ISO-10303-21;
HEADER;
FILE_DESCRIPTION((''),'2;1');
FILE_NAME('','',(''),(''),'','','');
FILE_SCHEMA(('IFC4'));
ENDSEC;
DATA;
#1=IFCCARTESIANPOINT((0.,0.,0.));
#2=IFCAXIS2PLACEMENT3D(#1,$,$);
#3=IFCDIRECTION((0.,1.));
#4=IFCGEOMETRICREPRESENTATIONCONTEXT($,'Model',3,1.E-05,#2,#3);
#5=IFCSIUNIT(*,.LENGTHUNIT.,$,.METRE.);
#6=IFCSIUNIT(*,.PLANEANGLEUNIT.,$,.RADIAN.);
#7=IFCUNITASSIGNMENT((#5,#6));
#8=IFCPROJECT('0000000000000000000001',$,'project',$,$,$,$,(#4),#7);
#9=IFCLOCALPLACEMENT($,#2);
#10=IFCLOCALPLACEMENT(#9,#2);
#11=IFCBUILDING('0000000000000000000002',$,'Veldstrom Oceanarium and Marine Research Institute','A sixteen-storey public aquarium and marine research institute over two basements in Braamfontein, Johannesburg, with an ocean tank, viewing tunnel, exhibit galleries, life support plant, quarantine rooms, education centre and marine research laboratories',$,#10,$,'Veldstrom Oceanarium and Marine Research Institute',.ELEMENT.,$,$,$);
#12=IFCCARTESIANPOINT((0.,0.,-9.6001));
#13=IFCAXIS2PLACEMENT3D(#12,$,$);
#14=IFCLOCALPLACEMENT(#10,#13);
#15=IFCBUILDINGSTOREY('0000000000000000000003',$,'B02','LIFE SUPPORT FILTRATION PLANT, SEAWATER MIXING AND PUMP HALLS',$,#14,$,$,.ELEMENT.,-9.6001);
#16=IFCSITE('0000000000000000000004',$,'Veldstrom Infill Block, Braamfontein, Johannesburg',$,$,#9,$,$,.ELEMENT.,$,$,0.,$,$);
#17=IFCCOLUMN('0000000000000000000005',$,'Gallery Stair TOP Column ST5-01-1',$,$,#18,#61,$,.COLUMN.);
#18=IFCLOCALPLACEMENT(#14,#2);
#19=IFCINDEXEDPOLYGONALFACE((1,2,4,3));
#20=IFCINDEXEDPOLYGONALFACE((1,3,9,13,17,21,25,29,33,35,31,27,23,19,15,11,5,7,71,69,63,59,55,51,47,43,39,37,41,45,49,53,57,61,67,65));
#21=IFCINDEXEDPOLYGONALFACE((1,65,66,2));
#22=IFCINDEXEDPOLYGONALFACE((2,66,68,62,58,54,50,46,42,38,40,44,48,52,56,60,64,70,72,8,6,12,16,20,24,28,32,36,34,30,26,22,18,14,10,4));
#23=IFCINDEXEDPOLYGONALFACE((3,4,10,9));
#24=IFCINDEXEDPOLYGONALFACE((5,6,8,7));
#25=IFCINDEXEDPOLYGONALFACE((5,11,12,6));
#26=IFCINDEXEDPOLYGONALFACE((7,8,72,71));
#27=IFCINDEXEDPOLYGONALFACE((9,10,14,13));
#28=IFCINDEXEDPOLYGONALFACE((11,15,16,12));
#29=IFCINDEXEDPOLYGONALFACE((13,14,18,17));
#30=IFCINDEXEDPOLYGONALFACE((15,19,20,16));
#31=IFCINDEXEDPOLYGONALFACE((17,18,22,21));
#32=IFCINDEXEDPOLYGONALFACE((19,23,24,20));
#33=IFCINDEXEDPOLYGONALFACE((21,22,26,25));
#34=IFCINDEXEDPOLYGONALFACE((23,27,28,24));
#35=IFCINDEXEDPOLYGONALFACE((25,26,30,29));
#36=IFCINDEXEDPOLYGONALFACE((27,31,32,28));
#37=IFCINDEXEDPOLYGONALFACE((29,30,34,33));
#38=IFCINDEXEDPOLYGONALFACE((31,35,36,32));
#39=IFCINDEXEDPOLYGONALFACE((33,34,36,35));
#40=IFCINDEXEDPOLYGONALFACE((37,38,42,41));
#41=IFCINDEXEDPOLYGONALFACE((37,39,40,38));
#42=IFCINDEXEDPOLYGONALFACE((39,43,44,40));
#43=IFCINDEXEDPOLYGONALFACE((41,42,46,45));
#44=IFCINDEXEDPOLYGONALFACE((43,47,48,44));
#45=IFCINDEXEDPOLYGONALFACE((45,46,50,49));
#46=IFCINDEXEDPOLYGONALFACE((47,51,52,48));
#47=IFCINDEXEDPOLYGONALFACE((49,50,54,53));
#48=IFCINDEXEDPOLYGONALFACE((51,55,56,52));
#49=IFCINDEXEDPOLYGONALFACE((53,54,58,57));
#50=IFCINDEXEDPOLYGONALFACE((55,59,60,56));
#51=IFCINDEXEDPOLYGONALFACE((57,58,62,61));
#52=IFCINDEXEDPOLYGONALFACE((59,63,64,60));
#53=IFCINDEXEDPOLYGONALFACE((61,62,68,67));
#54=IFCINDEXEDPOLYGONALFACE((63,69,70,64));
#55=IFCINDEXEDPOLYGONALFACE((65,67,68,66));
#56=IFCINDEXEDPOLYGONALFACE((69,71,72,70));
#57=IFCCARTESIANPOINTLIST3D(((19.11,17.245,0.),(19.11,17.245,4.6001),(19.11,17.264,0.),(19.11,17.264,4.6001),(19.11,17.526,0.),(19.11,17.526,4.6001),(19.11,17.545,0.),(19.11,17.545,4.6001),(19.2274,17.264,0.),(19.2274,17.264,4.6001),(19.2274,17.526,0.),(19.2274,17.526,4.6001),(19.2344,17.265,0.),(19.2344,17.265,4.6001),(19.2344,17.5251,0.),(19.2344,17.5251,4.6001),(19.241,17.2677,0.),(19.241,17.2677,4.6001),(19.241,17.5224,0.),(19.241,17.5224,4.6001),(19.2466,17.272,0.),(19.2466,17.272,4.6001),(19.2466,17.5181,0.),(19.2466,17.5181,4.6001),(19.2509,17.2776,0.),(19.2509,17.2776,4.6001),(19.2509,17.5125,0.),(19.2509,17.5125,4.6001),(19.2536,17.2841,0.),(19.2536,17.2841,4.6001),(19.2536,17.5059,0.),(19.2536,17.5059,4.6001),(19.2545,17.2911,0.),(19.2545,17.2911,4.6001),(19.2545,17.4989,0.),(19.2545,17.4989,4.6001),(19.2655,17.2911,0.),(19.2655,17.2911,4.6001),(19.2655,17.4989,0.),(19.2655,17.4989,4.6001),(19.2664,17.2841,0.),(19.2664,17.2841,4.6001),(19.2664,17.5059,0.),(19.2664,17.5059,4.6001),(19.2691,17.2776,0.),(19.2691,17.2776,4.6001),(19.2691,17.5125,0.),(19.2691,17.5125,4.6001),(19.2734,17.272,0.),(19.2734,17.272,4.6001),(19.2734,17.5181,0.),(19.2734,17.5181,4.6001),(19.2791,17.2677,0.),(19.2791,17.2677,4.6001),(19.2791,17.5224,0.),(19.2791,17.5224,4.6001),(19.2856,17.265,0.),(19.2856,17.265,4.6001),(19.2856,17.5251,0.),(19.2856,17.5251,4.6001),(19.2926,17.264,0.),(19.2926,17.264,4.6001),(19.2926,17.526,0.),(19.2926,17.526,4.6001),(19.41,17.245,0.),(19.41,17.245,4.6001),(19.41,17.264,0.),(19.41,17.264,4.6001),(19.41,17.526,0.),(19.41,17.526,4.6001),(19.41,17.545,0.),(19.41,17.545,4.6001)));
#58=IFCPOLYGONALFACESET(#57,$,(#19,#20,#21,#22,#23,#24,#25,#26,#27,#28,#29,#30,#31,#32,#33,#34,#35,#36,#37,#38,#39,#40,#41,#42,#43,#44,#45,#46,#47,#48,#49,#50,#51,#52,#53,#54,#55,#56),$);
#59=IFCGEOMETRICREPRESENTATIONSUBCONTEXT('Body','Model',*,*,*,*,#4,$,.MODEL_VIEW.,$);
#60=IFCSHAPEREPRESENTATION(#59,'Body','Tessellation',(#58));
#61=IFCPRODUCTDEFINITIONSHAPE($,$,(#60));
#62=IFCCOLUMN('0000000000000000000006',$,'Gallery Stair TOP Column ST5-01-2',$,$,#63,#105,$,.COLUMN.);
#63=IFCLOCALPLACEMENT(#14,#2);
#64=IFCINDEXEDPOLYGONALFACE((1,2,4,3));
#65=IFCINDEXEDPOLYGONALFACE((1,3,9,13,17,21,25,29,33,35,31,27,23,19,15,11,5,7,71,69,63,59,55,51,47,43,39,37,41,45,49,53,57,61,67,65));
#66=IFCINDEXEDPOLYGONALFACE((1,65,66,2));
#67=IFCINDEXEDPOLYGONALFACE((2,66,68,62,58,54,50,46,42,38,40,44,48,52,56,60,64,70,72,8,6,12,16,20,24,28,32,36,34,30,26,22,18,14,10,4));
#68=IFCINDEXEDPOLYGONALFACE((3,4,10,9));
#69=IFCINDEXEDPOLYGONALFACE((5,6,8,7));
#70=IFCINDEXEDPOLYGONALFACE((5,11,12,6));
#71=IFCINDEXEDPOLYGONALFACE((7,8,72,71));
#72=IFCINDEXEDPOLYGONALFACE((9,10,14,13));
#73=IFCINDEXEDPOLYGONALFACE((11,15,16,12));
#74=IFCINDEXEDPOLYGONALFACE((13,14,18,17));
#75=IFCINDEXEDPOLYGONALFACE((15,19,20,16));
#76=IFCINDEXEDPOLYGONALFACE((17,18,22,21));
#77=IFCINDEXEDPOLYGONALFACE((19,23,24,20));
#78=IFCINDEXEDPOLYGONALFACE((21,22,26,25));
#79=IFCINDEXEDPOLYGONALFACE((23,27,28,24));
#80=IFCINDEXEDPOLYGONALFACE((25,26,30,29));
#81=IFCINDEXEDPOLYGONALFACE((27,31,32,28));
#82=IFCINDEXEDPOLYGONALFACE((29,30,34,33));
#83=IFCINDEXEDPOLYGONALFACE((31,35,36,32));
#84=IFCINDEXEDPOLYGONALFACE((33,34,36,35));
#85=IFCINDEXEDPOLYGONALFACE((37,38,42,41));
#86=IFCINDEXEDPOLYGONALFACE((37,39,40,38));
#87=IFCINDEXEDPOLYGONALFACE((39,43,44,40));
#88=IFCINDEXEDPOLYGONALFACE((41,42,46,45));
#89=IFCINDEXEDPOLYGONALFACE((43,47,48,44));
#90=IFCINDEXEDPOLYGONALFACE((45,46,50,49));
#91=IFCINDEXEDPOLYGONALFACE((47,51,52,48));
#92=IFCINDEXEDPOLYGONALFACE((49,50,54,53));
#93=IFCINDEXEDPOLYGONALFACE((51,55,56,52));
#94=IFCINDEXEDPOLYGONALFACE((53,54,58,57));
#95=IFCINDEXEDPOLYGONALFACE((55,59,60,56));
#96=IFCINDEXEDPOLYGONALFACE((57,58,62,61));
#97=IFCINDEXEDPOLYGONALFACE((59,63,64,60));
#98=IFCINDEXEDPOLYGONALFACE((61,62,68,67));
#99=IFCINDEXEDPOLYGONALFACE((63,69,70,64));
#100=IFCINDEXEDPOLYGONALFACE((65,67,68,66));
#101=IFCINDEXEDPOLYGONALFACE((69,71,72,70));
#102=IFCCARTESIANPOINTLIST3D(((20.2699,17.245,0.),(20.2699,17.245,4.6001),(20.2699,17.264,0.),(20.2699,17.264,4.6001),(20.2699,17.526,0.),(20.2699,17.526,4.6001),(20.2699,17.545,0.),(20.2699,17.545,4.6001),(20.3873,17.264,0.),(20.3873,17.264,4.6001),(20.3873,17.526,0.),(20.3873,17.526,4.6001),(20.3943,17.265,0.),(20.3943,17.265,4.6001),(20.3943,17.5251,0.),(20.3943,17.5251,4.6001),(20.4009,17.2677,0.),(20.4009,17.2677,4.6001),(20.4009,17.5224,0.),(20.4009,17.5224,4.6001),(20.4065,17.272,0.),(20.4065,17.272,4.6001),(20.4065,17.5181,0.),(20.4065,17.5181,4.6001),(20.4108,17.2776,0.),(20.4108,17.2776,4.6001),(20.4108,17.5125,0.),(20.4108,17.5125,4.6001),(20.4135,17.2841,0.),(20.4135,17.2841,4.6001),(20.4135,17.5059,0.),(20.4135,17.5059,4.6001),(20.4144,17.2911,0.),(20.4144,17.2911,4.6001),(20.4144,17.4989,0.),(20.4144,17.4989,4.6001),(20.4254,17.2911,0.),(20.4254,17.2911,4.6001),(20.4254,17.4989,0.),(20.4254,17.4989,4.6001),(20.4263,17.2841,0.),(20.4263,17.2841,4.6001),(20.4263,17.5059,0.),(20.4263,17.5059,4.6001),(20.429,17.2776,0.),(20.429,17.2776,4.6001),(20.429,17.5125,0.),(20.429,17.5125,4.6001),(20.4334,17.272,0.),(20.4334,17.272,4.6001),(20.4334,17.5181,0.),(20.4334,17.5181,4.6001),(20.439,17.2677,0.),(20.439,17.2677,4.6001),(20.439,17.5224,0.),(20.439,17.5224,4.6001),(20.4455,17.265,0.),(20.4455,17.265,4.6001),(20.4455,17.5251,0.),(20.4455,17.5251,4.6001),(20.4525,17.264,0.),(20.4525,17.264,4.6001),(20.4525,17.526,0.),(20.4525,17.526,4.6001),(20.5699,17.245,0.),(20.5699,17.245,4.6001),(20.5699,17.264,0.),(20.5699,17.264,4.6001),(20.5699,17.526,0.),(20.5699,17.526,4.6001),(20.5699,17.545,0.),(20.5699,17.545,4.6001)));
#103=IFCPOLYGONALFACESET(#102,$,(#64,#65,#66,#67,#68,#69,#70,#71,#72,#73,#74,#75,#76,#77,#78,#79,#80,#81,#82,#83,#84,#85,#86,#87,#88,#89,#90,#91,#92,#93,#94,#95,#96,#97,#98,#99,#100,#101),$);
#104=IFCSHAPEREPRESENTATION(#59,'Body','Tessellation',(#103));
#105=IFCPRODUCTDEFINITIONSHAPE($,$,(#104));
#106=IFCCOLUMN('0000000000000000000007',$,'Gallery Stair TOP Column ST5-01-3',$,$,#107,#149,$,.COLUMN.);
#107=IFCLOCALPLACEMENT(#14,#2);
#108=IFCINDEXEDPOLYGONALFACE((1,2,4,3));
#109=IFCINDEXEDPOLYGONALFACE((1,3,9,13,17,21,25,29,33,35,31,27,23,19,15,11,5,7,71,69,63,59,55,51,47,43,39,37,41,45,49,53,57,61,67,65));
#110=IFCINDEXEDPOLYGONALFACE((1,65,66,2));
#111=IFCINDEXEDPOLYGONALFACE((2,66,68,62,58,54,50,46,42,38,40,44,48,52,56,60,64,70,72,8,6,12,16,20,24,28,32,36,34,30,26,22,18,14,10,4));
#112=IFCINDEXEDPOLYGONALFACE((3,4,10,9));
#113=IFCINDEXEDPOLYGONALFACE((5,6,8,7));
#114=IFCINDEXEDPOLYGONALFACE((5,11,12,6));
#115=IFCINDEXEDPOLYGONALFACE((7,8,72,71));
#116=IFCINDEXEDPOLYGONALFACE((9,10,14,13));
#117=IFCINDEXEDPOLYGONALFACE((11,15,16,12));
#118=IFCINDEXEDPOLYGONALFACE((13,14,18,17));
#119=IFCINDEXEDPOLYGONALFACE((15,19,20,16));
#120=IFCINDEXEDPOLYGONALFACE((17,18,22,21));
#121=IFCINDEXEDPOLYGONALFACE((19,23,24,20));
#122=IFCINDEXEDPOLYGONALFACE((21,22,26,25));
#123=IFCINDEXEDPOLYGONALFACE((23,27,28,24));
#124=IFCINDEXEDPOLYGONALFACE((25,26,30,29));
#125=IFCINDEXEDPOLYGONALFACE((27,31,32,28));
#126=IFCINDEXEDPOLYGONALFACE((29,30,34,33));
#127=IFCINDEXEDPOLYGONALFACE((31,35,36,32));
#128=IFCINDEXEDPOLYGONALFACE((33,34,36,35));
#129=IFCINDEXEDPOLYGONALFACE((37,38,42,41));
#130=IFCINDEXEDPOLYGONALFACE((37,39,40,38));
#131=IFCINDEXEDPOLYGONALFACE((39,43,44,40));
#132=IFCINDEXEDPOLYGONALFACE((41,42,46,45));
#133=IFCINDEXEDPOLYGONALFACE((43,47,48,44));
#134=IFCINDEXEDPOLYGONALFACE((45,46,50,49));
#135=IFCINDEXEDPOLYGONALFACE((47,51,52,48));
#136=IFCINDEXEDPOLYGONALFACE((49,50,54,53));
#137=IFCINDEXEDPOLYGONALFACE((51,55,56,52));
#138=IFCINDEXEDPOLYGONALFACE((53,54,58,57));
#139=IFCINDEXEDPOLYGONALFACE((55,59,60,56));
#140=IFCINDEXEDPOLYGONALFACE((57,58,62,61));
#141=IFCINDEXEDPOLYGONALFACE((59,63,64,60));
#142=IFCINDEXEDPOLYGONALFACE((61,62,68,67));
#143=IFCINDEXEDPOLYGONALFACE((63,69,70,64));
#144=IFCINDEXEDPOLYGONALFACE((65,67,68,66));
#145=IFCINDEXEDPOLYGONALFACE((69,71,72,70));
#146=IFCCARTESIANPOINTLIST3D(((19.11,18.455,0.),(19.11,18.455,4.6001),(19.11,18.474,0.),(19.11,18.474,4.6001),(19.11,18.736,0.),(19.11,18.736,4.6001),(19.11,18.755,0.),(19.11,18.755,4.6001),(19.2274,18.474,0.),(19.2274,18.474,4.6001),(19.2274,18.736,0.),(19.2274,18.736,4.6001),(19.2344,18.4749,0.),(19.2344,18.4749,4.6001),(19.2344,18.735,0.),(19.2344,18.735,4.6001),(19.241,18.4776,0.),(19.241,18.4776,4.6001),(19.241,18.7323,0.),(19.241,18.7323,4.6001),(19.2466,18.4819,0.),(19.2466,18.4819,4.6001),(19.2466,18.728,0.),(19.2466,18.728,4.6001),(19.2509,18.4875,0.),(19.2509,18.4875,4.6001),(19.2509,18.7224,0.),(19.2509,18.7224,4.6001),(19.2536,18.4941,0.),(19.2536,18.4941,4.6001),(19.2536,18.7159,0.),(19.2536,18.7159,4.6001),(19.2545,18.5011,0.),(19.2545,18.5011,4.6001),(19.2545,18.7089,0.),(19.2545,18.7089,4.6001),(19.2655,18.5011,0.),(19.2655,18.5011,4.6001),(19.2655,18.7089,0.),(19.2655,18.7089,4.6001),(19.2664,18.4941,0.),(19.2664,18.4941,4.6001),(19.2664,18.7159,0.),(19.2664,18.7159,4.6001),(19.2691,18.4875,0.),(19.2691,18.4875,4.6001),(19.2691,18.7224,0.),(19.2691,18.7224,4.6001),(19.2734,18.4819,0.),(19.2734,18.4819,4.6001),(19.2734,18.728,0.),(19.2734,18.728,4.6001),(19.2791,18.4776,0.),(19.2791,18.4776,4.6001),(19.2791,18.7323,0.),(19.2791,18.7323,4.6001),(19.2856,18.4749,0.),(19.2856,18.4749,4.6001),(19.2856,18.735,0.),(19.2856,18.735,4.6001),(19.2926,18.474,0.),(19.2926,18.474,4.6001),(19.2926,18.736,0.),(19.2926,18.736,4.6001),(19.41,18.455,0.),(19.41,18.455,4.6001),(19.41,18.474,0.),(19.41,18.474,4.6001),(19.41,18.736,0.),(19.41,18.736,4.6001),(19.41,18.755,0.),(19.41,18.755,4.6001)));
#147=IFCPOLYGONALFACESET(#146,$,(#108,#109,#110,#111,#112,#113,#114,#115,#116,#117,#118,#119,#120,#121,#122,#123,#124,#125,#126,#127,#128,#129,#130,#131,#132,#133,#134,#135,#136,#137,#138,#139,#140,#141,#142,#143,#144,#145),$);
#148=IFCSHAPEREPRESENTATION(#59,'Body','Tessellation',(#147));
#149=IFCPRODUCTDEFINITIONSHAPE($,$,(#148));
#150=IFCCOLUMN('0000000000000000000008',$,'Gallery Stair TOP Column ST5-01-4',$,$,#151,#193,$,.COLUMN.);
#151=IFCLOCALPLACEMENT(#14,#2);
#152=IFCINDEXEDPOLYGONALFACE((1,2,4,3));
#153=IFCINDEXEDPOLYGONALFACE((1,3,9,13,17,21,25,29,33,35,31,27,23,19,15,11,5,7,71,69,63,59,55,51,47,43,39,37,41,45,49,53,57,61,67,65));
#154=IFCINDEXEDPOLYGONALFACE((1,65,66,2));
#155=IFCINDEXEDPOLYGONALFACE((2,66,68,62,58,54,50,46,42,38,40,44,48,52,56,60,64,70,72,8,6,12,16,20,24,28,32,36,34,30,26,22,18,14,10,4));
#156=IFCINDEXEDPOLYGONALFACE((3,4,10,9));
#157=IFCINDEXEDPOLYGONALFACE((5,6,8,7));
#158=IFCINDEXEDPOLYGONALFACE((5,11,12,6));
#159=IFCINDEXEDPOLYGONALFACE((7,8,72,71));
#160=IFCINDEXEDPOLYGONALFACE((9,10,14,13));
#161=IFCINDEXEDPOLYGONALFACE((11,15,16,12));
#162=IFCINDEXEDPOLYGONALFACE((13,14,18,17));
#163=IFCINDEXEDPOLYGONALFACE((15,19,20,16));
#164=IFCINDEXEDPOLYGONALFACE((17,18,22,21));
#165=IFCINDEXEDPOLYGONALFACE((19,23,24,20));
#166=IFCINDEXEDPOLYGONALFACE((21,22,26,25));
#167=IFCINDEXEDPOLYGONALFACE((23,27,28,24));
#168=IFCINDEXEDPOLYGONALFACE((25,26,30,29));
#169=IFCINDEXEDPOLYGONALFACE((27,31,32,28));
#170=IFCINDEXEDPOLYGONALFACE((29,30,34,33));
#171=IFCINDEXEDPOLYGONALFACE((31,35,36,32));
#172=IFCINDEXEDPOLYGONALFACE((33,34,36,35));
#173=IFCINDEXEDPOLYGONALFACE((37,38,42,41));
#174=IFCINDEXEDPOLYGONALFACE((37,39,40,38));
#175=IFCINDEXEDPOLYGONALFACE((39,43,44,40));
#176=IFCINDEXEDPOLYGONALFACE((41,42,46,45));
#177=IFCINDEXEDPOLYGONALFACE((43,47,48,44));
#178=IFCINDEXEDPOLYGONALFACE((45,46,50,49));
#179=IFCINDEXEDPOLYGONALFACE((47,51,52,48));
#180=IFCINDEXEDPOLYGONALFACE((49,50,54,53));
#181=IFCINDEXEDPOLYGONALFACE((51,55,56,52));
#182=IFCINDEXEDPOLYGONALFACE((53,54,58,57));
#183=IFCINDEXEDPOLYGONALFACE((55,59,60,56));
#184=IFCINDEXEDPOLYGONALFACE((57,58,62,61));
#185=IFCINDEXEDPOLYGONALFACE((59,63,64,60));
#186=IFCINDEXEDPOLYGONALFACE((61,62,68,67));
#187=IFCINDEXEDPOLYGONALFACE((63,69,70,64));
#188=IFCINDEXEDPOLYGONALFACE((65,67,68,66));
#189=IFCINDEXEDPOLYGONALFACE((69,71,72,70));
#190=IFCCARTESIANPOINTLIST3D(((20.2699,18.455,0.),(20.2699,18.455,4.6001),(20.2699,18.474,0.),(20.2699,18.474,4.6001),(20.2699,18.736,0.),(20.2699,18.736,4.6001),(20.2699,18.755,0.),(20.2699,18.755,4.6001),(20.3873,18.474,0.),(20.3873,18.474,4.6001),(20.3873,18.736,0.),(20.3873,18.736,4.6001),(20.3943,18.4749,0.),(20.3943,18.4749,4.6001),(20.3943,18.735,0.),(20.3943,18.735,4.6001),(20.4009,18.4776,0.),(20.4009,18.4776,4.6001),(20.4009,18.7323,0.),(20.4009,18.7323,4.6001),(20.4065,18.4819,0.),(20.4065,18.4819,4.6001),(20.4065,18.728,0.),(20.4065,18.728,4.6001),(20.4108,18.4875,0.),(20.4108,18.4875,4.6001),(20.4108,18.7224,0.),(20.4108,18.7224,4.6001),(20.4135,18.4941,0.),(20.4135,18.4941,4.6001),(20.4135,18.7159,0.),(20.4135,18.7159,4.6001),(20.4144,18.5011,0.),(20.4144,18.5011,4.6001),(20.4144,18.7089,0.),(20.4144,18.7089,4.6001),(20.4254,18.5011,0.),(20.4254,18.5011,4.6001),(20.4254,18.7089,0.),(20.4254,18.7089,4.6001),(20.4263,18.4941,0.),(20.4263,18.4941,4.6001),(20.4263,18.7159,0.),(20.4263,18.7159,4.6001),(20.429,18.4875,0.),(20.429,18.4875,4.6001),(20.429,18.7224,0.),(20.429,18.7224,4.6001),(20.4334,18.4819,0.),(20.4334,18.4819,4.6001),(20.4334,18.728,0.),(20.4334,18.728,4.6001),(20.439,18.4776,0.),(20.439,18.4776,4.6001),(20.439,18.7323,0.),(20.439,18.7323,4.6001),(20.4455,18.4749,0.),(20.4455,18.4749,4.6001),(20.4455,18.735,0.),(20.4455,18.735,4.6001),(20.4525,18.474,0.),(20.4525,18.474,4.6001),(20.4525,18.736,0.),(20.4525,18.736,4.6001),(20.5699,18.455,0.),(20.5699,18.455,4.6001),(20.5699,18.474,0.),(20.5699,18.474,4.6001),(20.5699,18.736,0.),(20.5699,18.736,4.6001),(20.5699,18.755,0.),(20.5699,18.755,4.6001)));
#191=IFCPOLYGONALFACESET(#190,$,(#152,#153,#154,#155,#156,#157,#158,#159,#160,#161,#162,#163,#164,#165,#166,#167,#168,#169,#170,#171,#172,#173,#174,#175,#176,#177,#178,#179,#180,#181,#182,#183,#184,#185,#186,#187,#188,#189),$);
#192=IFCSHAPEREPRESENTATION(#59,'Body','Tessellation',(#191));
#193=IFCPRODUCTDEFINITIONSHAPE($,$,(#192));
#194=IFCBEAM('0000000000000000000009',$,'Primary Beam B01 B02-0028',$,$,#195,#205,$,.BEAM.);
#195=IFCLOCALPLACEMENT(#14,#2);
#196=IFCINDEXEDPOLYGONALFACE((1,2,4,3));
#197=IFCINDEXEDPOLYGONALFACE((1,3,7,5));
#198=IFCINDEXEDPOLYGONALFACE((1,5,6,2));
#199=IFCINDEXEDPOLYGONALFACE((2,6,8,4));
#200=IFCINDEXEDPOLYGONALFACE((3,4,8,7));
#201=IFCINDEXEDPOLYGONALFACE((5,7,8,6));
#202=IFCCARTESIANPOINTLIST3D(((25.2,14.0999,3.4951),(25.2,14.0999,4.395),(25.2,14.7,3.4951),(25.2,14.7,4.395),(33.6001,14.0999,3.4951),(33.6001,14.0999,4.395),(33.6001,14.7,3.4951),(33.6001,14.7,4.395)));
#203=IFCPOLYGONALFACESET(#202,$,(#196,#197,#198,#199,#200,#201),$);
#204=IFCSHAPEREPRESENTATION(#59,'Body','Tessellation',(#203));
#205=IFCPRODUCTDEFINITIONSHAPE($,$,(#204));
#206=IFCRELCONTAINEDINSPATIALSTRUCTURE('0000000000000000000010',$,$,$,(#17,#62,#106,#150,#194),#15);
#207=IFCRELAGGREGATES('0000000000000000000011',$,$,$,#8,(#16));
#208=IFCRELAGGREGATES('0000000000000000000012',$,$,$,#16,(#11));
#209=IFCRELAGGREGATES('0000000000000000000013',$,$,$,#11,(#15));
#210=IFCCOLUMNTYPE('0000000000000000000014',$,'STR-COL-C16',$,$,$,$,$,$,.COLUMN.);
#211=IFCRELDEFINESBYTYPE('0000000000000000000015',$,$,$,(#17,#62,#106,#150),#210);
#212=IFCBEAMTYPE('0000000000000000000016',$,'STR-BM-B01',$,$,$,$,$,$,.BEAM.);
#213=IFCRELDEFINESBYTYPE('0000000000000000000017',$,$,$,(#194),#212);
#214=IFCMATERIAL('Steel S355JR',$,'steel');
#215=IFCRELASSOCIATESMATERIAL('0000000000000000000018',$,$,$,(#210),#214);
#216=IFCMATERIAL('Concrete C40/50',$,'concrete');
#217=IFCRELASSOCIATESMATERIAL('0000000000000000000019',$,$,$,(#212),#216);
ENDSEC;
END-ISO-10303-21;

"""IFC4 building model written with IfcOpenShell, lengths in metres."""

from ifc_helpers import new_model, si_unit, direction, frame, origin, origin_2d, place, context, subcontext, project, spatial, rectangle, i_section, extrude, material, material_profile, profile_set, type_object, element, save


model = new_model("IFC4")

# Units and contexts
model_context = context("Model", 3, precision=1e-05, world=origin(), true_north=direction((0.0, 1.0)))
body_context = subcontext(model_context, "Body", "Model", "MODEL_VIEW")
ifc_project = project(units=[si_unit("LENGTHUNIT", "METRE"), si_unit("PLANEANGLEUNIT", "RADIAN")], contexts=[model_context])

# Site, building, storey
site_placement = place(None, origin())
site = spatial("IfcSite", under=ifc_project, at=site_placement, Name="Veldstrom Infill Block, Braamfontein, Johannesburg", CompositionType="ELEMENT", RefElevation=0.0)
building_placement = place(site_placement, origin())
building = spatial("IfcBuilding", under=site, at=building_placement, Name="Veldstrom Oceanarium and Marine Research Institute", Description="A sixteen-storey public aquarium and marine research institute over two basements in Braamfontein, Johannesburg, with an ocean tank, viewing tunnel, exhibit galleries, life support plant, quarantine rooms, education centre and marine research laboratories", LongName="Veldstrom Oceanarium and Marine Research Institute", CompositionType="ELEMENT")
storey_placement = place(building_placement, frame((0.0, 0.0, -9.6001)))
storey = spatial("IfcBuildingStorey", under=building, at=storey_placement, Name="B02", Description="LIFE SUPPORT FILTRATION PLANT, SEAWATER MIXING AND PUMP HALLS", CompositionType="ELEMENT", Elevation=-9.6001)

# Columns
ifc_material_1 = material(Name="Steel S355JR", Category="steel")
ifc_material_profile_1 = material_profile(ifc_material_1, i_section(OverallWidth=0.3, OverallDepth=0.3, WebThickness=0.011, FlangeThickness=0.019, FilletRadius=0.0271, at=origin_2d()), Name="HEB 300")
ifc_profile_set_1 = profile_set([ifc_material_profile_1], Name="Steel S355JR")
column_type_1 = type_object("IfcColumnType", Name="STR-COL-C16", PredefinedType="COLUMN", material=ifc_profile_set_1)
for number, where, z_axis, x_axis, name in (
    (1, (19.26, 17.395, 0.0), (0.0, 0.0, 1.0), (1.0, 0.0, 0.0), "Gallery Stair TOP Column ST5-01-1"),
    (2, (20.4199, 17.395, 0.0), (0.0, 0.0, 1.0), (1.0, 0.0, 0.0), "Gallery Stair TOP Column ST5-01-2"),
    (3, (19.26, 18.605, 0.0), (0.0, 0.0, 1.0), (1.0, 0.0, 0.0), "Gallery Stair TOP Column ST5-01-3"),
    (4, (20.4199, 18.605, 0.0), (0.0, 0.0, 1.0), (1.0, 0.0, 0.0), "Gallery Stair TOP Column ST5-01-4"),
):
    element("IfcColumn", number, at=place(storey_placement, frame(where, z_axis=z_axis, x_axis=x_axis)), inside=storey, type_object=column_type_1, Name=name, PredefinedType="COLUMN", context=body_context, shape_type="SweptSolid", body=[
        extrude(i_section(OverallWidth=0.3, OverallDepth=0.3, WebThickness=0.011, FlangeThickness=0.019, FilletRadius=0.0271, at=origin_2d()), origin(), (0.0, 0.0, 1.0), 4.6001),
    ])

# Beam
ifc_material_2 = material(Name="Concrete C40/50", Category="concrete")
ifc_material_profile_2 = material_profile(ifc_material_2, rectangle(XDim=0.6001, YDim=0.8999, at=origin_2d()), Name="RC-BM-600x900")
ifc_profile_set_2 = profile_set([ifc_material_profile_2], Name="Concrete C40/50")
beam_type_1 = type_object("IfcBeamType", Name="STR-BM-B01", PredefinedType="BEAM", material=ifc_profile_set_2)
beam_1_placement = place(storey_placement, frame((25.2, 14.3999, 3.9451), z_axis=(1.0, 0.0, 0.0), x_axis=(0.0, 1.0, 0.0)))
element("IfcBeam", 5, at=beam_1_placement, inside=storey, type_object=beam_type_1, Name="Primary Beam B01 B02-0028", PredefinedType="BEAM", context=body_context, shape_type="SweptSolid", body=[
    extrude(rectangle(XDim=0.6001, YDim=0.8999, at=origin_2d()), origin(), (0.0, 0.0, 1.0), 8.4001),
])

save(model, "model.ifc")
